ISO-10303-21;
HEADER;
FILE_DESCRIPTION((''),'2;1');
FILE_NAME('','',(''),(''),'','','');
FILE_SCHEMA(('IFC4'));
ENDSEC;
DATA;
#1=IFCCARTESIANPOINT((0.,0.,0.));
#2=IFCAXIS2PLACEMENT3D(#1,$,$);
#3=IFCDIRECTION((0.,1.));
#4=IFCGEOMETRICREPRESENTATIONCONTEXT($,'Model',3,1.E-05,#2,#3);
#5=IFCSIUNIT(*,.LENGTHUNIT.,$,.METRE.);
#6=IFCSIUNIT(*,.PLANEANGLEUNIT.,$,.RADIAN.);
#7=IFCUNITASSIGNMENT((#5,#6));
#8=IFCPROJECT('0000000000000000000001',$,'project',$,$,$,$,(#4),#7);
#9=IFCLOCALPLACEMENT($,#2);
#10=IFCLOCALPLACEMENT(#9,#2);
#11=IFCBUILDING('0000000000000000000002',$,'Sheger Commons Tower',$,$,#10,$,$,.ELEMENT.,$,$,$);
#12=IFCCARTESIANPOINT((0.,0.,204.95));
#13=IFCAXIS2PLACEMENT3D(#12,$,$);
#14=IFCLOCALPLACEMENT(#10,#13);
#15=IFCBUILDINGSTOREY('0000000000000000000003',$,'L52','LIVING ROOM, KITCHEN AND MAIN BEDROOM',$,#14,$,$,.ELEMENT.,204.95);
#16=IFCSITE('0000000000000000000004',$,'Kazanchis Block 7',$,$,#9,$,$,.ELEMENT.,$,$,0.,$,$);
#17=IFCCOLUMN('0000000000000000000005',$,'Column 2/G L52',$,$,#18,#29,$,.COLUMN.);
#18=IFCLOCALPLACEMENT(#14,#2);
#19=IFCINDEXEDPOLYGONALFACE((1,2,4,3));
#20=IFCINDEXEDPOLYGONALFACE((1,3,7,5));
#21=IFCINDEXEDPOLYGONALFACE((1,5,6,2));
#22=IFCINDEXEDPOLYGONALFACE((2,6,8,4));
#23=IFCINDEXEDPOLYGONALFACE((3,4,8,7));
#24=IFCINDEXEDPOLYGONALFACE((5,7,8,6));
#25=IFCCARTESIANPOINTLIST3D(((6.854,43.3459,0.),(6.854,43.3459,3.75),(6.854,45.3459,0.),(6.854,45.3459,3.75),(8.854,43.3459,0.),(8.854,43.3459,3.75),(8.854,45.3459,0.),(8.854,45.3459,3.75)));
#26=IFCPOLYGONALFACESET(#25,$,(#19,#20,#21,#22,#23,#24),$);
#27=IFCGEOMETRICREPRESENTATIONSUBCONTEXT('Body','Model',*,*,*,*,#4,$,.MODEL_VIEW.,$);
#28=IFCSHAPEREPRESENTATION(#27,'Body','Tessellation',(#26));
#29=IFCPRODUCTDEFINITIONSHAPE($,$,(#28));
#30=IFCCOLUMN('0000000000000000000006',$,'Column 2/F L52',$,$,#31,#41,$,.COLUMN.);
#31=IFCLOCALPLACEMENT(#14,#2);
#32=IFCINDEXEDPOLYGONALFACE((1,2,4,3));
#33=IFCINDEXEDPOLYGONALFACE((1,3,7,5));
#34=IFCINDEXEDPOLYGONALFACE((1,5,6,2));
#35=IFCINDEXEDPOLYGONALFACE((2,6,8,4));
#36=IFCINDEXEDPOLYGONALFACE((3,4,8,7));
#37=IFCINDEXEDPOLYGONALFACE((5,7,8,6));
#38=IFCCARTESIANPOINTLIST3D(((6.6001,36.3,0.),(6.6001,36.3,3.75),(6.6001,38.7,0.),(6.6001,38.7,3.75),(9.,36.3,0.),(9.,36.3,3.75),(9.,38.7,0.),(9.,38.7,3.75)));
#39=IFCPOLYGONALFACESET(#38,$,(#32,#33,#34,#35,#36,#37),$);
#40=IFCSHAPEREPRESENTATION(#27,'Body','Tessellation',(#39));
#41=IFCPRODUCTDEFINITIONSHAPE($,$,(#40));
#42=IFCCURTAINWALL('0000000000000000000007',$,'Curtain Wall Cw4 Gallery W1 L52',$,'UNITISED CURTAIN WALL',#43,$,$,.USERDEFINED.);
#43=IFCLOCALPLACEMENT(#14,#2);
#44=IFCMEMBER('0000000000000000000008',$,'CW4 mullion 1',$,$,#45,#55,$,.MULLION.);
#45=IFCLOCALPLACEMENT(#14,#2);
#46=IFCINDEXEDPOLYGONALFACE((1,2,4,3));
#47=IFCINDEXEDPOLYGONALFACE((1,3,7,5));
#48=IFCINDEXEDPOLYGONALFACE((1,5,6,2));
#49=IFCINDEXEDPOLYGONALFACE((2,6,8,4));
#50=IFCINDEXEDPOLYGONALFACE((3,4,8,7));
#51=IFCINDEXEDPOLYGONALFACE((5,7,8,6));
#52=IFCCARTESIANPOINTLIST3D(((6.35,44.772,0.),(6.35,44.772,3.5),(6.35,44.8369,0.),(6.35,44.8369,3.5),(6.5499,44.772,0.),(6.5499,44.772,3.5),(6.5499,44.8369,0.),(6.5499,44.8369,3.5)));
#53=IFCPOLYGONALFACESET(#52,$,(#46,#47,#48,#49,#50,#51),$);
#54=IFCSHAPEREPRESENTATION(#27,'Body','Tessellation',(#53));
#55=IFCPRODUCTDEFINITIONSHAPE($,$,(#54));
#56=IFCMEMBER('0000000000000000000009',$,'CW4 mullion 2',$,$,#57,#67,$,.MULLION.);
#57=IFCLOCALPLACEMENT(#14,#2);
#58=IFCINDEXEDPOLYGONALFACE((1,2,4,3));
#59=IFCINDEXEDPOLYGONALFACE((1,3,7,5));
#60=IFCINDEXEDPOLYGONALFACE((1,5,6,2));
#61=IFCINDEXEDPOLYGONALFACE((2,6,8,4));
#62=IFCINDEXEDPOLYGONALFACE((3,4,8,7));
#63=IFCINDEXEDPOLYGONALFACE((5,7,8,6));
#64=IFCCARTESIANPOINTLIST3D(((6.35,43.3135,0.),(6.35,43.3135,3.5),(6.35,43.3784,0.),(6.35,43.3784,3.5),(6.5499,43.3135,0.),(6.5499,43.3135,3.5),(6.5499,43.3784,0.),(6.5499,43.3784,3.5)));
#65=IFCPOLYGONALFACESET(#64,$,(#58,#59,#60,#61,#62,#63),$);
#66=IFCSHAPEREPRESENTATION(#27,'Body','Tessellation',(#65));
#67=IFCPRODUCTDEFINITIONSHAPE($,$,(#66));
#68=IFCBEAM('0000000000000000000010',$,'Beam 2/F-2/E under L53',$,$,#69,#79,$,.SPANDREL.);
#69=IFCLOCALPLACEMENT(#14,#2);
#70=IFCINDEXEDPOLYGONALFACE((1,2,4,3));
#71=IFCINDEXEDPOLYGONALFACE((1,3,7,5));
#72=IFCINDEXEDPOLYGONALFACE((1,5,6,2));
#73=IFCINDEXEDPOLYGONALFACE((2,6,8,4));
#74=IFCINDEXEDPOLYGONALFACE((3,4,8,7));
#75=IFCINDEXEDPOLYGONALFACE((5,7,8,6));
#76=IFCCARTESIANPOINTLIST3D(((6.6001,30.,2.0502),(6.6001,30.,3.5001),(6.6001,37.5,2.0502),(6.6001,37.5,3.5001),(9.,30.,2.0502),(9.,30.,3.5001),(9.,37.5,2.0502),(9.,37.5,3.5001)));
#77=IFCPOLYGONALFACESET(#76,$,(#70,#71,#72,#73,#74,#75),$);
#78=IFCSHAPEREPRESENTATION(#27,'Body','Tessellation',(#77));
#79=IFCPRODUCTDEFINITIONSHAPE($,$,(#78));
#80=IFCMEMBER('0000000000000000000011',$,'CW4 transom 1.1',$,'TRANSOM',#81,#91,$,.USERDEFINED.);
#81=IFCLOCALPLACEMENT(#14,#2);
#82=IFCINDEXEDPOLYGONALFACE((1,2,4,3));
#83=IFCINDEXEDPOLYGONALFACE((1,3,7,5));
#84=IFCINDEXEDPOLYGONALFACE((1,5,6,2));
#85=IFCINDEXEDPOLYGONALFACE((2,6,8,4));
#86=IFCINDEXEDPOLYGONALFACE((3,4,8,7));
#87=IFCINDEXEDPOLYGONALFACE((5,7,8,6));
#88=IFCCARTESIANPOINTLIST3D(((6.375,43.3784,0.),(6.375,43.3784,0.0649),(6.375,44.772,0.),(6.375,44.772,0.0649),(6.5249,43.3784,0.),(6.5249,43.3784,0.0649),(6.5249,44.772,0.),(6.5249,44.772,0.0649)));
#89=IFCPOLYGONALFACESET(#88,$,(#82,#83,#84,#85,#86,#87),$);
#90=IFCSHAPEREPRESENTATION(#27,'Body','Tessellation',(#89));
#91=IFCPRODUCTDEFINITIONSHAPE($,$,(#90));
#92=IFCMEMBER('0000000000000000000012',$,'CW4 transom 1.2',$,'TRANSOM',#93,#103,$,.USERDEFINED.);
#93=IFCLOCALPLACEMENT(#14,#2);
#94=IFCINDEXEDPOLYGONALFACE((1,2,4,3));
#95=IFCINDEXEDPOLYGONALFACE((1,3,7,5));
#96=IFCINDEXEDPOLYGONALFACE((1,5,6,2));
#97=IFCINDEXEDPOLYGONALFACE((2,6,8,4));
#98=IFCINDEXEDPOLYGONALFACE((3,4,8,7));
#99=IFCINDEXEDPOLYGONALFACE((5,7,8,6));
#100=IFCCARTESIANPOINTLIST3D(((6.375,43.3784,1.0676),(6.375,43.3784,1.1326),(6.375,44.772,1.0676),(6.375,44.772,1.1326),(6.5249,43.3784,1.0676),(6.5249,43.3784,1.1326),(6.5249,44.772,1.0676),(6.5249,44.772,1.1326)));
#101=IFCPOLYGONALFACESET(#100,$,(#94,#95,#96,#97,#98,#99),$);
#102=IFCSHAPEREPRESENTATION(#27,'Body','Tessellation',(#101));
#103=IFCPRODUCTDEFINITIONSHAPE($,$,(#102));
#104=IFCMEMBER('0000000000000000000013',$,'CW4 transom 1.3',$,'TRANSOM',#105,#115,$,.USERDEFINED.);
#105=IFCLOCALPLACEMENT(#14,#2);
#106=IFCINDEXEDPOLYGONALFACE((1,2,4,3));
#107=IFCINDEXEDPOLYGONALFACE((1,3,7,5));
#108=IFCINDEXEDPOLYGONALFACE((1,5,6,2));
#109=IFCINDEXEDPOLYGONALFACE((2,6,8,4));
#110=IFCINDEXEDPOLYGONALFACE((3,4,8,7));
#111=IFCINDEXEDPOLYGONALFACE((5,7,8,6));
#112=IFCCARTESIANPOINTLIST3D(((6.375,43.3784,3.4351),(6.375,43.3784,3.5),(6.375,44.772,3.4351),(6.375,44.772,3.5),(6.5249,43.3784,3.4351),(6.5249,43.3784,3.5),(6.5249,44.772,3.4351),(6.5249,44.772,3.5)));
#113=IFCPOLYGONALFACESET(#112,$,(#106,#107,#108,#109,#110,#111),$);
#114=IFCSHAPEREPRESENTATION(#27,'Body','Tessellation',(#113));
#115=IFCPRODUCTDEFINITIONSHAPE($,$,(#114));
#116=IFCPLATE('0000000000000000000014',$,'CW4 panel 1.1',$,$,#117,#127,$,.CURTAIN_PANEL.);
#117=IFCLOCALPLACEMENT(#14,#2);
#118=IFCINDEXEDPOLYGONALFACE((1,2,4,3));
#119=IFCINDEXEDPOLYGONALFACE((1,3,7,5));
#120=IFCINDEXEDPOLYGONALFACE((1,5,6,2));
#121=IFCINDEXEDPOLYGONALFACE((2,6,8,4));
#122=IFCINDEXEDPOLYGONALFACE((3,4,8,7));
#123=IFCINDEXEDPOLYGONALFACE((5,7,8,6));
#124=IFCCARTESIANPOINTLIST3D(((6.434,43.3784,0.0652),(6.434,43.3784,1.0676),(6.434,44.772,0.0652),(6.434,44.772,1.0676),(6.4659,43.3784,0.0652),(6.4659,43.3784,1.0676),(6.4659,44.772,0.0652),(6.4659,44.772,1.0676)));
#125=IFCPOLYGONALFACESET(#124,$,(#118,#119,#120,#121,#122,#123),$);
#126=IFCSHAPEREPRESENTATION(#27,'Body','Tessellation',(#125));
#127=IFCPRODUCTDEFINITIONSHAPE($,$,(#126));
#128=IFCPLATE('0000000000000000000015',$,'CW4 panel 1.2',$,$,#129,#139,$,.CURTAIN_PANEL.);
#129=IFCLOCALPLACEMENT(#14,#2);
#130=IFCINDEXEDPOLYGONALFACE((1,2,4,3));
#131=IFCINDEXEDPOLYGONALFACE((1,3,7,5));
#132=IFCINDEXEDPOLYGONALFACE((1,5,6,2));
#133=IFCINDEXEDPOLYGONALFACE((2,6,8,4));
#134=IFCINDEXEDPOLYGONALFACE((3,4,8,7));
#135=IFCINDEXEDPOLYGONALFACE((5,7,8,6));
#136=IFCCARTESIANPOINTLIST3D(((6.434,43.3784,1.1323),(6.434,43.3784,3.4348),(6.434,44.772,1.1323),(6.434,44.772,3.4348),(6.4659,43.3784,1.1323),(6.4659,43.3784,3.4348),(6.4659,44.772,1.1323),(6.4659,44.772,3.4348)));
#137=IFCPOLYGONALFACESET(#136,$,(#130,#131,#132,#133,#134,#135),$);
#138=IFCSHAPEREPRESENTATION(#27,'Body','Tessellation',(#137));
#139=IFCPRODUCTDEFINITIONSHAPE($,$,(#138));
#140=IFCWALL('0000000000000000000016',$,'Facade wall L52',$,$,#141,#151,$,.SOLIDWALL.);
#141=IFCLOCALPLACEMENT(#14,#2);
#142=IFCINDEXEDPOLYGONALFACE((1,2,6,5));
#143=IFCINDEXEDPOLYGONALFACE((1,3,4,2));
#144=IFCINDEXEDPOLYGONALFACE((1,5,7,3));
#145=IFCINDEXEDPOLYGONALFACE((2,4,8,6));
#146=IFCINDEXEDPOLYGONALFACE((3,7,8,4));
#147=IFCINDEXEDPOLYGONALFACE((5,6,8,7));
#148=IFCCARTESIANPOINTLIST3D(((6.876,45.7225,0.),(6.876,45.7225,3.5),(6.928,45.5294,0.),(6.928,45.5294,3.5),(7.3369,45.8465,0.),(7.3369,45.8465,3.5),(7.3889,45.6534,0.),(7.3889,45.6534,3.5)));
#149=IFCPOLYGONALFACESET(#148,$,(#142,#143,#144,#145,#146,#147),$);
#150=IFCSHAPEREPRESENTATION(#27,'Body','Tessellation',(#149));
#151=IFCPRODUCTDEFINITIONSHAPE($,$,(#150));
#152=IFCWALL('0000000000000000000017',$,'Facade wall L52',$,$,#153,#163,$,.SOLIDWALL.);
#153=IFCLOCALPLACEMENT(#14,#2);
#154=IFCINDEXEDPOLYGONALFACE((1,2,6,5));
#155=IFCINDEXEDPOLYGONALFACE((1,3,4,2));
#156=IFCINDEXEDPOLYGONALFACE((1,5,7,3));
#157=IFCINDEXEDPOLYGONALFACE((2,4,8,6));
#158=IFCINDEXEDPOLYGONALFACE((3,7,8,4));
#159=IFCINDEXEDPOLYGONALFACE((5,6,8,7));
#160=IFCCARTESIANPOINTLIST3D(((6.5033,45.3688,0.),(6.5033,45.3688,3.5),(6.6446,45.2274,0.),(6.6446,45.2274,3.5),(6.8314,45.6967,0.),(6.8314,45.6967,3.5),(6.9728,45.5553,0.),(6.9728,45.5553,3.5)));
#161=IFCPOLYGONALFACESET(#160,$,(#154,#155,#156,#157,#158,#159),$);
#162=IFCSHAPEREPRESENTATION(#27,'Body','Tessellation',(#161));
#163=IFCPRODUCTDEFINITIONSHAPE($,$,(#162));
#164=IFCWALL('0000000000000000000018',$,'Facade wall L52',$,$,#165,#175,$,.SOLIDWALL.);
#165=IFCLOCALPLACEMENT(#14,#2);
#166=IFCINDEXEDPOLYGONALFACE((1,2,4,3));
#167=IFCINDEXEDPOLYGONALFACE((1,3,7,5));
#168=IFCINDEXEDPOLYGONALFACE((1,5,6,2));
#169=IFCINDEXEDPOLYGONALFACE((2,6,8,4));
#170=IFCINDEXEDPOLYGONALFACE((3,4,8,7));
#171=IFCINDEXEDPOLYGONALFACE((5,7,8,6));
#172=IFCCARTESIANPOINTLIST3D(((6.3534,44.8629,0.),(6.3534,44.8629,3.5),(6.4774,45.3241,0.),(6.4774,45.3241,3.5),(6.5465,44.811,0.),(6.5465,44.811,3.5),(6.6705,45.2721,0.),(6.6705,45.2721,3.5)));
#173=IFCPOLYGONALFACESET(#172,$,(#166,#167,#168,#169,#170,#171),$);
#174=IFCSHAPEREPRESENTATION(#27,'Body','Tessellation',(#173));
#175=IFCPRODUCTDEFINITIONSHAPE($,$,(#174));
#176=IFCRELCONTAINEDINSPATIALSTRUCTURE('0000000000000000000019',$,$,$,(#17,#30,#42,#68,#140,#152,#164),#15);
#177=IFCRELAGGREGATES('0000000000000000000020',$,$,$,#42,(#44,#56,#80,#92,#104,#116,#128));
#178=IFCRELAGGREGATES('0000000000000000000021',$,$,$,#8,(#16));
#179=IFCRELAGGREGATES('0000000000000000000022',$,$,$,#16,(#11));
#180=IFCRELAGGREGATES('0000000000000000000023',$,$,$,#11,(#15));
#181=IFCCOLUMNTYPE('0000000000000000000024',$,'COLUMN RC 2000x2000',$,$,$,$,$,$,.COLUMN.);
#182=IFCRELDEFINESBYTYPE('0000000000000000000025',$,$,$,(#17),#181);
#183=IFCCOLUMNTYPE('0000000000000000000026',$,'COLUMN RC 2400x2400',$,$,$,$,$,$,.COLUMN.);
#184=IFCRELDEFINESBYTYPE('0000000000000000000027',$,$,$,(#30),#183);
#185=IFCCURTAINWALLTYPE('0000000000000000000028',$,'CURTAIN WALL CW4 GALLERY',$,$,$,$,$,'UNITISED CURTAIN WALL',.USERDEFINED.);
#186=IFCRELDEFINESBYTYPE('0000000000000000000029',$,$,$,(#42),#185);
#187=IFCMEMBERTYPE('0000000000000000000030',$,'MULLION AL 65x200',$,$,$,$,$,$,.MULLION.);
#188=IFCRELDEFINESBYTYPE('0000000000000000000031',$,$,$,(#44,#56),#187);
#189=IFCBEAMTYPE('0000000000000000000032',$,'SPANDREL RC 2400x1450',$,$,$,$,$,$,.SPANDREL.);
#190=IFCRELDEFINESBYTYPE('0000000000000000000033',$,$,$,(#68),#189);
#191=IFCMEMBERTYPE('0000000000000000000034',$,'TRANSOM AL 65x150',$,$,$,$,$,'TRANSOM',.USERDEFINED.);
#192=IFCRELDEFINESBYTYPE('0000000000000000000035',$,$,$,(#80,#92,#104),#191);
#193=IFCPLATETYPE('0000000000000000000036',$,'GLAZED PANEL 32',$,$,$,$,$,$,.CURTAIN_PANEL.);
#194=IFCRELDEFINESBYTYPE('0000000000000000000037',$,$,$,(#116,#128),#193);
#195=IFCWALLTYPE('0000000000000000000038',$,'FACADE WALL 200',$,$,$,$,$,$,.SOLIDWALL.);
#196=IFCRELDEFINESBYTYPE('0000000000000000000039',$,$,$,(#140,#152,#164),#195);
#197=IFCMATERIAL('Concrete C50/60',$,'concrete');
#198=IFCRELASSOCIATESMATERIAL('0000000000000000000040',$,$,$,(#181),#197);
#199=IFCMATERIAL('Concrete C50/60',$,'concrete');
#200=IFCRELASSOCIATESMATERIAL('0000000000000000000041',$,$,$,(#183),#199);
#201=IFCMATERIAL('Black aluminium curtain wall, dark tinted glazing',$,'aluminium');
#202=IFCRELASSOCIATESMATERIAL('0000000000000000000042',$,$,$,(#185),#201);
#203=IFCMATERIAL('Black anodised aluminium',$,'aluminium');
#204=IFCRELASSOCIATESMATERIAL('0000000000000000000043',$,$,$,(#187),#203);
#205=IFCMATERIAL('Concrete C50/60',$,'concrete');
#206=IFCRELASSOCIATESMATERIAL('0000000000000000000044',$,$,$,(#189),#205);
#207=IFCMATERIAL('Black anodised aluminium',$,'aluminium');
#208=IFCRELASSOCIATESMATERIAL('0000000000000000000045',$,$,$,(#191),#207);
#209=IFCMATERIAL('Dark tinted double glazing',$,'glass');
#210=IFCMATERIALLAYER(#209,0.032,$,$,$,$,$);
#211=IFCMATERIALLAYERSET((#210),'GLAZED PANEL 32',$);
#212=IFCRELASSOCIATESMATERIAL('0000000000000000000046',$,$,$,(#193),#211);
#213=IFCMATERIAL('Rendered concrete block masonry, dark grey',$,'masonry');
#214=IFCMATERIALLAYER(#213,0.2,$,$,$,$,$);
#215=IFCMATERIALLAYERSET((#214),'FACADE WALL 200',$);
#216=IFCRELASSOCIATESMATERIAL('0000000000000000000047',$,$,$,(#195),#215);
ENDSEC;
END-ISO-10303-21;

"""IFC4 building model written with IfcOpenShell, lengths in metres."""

from ifc_helpers import new_model, si_unit, direction, frame, frame_2d, origin, origin_2d, place, context, subcontext, project, spatial, rectangle, extrude, material, layer, layer_set, material_profile, profile_set, type_object, element, aggregate, save


model = new_model("IFC4")

# Units and contexts
model_context = context("Model", 3, precision=1e-05, world=origin(), true_north=direction((0.0, 1.0)))
body_context = subcontext(model_context, "Body", "Model", "MODEL_VIEW")
ifc_project = project(units=[si_unit("LENGTHUNIT", "METRE"), si_unit("PLANEANGLEUNIT", "RADIAN")], contexts=[model_context])

# Site, building, storey
site_placement = place(None, origin())
site = spatial("IfcSite", under=ifc_project, at=site_placement, Name="Kazanchis Block 7", CompositionType="ELEMENT", RefElevation=0.0)
building_placement = place(site_placement, origin())
building = spatial("IfcBuilding", under=site, at=building_placement, Name="Sheger Commons Tower", CompositionType="ELEMENT")
storey_placement = place(building_placement, frame((0.0, 0.0, 204.95)))
storey = spatial("IfcBuildingStorey", under=building, at=storey_placement, Name="L52", Description="LIVING ROOM, KITCHEN AND MAIN BEDROOM", CompositionType="ELEMENT", Elevation=204.95)

# Columns
ifc_material_1 = material(Name="Concrete C50/60", Category="concrete")
ifc_material_profile_1 = material_profile(ifc_material_1, rectangle(XDim=2.0, YDim=2.0, at=origin_2d()), Name="RC 2000x2000")
ifc_profile_set_1 = profile_set([ifc_material_profile_1], Name="Concrete C50/60")
column_type_1 = type_object("IfcColumnType", Name="COLUMN RC 2000x2000", PredefinedType="COLUMN", material=ifc_profile_set_1)
column_1_placement = place(storey_placement, frame((7.854, 44.3459, 0.0), z_axis=(0.0, 0.0, 1.0), x_axis=(1.0, 0.0, 0.0)))
element("IfcColumn", 1, at=column_1_placement, inside=storey, type_object=column_type_1, Name="Column 2/G L52", PredefinedType="COLUMN", context=body_context, shape_type="SweptSolid", body=[
    extrude(rectangle(XDim=2.0, YDim=2.0, at=origin_2d()), origin(), (0.0, 0.0, 1.0), 3.75),
])
ifc_material_2 = material(Name="Concrete C50/60", Category="concrete")
ifc_material_profile_2 = material_profile(ifc_material_2, rectangle(XDim=2.3999, YDim=2.3999, at=origin_2d()), Name="RC 2400x2400")
ifc_profile_set_2 = profile_set([ifc_material_profile_2], Name="Concrete C50/60")
column_type_2 = type_object("IfcColumnType", Name="COLUMN RC 2400x2400", PredefinedType="COLUMN", material=ifc_profile_set_2)
column_2_placement = place(storey_placement, frame((7.8, 37.5, 0.0), z_axis=(0.0, 0.0, 1.0), x_axis=(1.0, 0.0, 0.0)))
element("IfcColumn", 2, at=column_2_placement, inside=storey, type_object=column_type_2, Name="Column 2/F L52", PredefinedType="COLUMN", context=body_context, shape_type="SweptSolid", body=[
    extrude(rectangle(XDim=2.3999, YDim=2.3999, at=origin_2d()), origin(), (0.0, 0.0, 1.0), 3.75),
])

# Curtain wall, members
ifc_material_3 = material(Name="Black aluminium curtain wall, dark tinted glazing", Category="aluminium")
curtain_wall_type = type_object("IfcCurtainWallType", Name="CURTAIN WALL CW4 GALLERY", ElementType="UNITISED CURTAIN WALL", PredefinedType="USERDEFINED", material=ifc_material_3)
curtain_wall_placement = place(storey_placement, origin())
curtain_wall = element("IfcCurtainWall", 3, at=curtain_wall_placement, inside=storey, type_object=curtain_wall_type, Name="Curtain Wall Cw4 Gallery W1 L52", ObjectType="UNITISED CURTAIN WALL", PredefinedType="USERDEFINED")
ifc_material_4 = material(Name="Black anodised aluminium", Category="aluminium")
ifc_material_profile_3 = material_profile(ifc_material_4, rectangle(XDim=0.2, YDim=0.0649, at=origin_2d()), Name="AL 65x200")
ifc_profile_set_3 = profile_set([ifc_material_profile_3], Name="Black anodised aluminium")
member_type_1 = type_object("IfcMemberType", Name="MULLION AL 65x200", PredefinedType="MULLION", material=ifc_profile_set_3)
member_1_placement = place(storey_placement, frame((6.45, 44.8044, 0.0), z_axis=(0.0, 0.0, 1.0), x_axis=(1.0, 0.0, 0.0)))
member_1 = element("IfcMember", 4, at=member_1_placement, type_object=member_type_1, Name="CW4 mullion 1", PredefinedType="MULLION", context=body_context, shape_type="SweptSolid", body=[
    extrude(rectangle(XDim=0.2, YDim=0.0649, at=origin_2d()), origin(), (0.0, 0.0, 1.0), 3.5),
])
member_2_placement = place(storey_placement, frame((6.45, 43.3459, 0.0), z_axis=(0.0, 0.0, 1.0), x_axis=(1.0, 0.0, 0.0)))
member_2 = element("IfcMember", 5, at=member_2_placement, type_object=member_type_1, Name="CW4 mullion 2", PredefinedType="MULLION", context=body_context, shape_type="SweptSolid", body=[
    extrude(rectangle(XDim=0.2, YDim=0.0649, at=origin_2d()), origin(), (0.0, 0.0, 1.0), 3.5),
])

# Beam
ifc_material_5 = material(Name="Concrete C50/60", Category="concrete")
ifc_material_profile_4 = material_profile(ifc_material_5, rectangle(XDim=2.3999, YDim=1.45, at=origin_2d()), Name="RC 2400x1450")
ifc_profile_set_4 = profile_set([ifc_material_profile_4], Name="Concrete C50/60")
beam_type = type_object("IfcBeamType", Name="SPANDREL RC 2400x1450", PredefinedType="SPANDREL", material=ifc_profile_set_4)
beam_placement = place(storey_placement, frame((7.8, 37.5, 2.7751), z_axis=(0.0, -1.0, 0.0), x_axis=(1.0, 0.0, 0.0)))
element("IfcBeam", 6, at=beam_placement, inside=storey, type_object=beam_type, Name="Beam 2/F-2/E under L53", PredefinedType="SPANDREL", context=body_context, shape_type="SweptSolid", body=[
    extrude(rectangle(XDim=2.3999, YDim=1.45, at=origin_2d()), origin(), (0.0, 0.0, 1.0), 7.5),
])

# Members
ifc_material_6 = material(Name="Black anodised aluminium", Category="aluminium")
ifc_material_profile_5 = material_profile(ifc_material_6, rectangle(XDim=0.1499, YDim=0.0649, at=origin_2d()), Name="AL 65x150")
ifc_profile_set_5 = profile_set([ifc_material_profile_5], Name="Black anodised aluminium")
member_type_2 = type_object("IfcMemberType", Name="TRANSOM AL 65x150", ElementType="TRANSOM", PredefinedType="USERDEFINED", material=ifc_profile_set_5)
member_3_placement = place(storey_placement, frame((6.45, 44.772, 0.0325), z_axis=(0.0, -1.0, 0.0), x_axis=(1.0, 0.0, 0.0)))
member_3 = element("IfcMember", 7, at=member_3_placement, type_object=member_type_2, Name="CW4 transom 1.1", ObjectType="TRANSOM", PredefinedType="USERDEFINED", context=body_context, shape_type="SweptSolid", body=[
    extrude(rectangle(XDim=0.1499, YDim=0.0649, at=origin_2d()), origin(), (0.0, 0.0, 1.0), 1.3936),
])
member_4_placement = place(storey_placement, frame((6.45, 44.772, 1.1001), z_axis=(0.0, -1.0, 0.0), x_axis=(1.0, 0.0, 0.0)))
member_4 = element("IfcMember", 8, at=member_4_placement, type_object=member_type_2, Name="CW4 transom 1.2", ObjectType="TRANSOM", PredefinedType="USERDEFINED", context=body_context, shape_type="SweptSolid", body=[
    extrude(rectangle(XDim=0.1499, YDim=0.0649, at=origin_2d()), origin(), (0.0, 0.0, 1.0), 1.3936),
])
member_5_placement = place(storey_placement, frame((6.45, 44.772, 3.4675), z_axis=(0.0, -1.0, 0.0), x_axis=(1.0, 0.0, 0.0)))
member_5 = element("IfcMember", 9, at=member_5_placement, type_object=member_type_2, Name="CW4 transom 1.3", ObjectType="TRANSOM", PredefinedType="USERDEFINED", context=body_context, shape_type="SweptSolid", body=[
    extrude(rectangle(XDim=0.1499, YDim=0.0649, at=origin_2d()), origin(), (0.0, 0.0, 1.0), 1.3936),
])

# Plates
ifc_material_7 = material(Name="Dark tinted double glazing", Category="glass")
ifc_layer_1 = layer(ifc_material_7, 0.032)
ifc_layer_set_1 = layer_set([ifc_layer_1], Name="GLAZED PANEL 32")
plate_type = type_object("IfcPlateType", Name="GLAZED PANEL 32", PredefinedType="CURTAIN_PANEL", material=ifc_layer_set_1)
plate_1_placement = place(storey_placement, frame((6.45, 44.0752, 0.0652), z_axis=(0.0, 0.0, 1.0), x_axis=(0.0, -1.0, 0.0)))
plate_1 = element("IfcPlate", 10, at=plate_1_placement, type_object=plate_type, Name="CW4 panel 1.1", PredefinedType="CURTAIN_PANEL", context=body_context, shape_type="SweptSolid", body=[
    extrude(rectangle(XDim=1.3936, YDim=0.032, at=origin_2d()), origin(), (0.0, 0.0, 1.0), 1.0024),
])
plate_2_placement = place(storey_placement, frame((6.45, 44.0752, 1.1323), z_axis=(0.0, 0.0, 1.0), x_axis=(0.0, -1.0, 0.0)))
plate_2 = element("IfcPlate", 11, at=plate_2_placement, type_object=plate_type, Name="CW4 panel 1.2", PredefinedType="CURTAIN_PANEL", context=body_context, shape_type="SweptSolid", body=[
    extrude(rectangle(XDim=1.3936, YDim=0.032, at=origin_2d()), origin(), (0.0, 0.0, 1.0), 2.3025),
])
aggregate(curtain_wall, [member_1, member_2, member_3, member_4, member_5, plate_1, plate_2])

# Walls
ifc_material_8 = material(Name="Rendered concrete block masonry, dark grey", Category="masonry")
ifc_layer_2 = layer(ifc_material_8, 0.2)
ifc_layer_set_2 = layer_set([ifc_layer_2], Name="FACADE WALL 200")
wall_type_1 = type_object("IfcWallType", Name="FACADE WALL 200", PredefinedType="SOLIDWALL", material=ifc_layer_set_2)
wall_1_placement = place(storey_placement, frame((7.363, 45.75, 0.0), z_axis=(0.0, 0.0, 1.0), x_axis=(-0.965655, -0.259827, 0.0)))
element("IfcWall", 12, at=wall_1_placement, inside=storey, type_object=wall_type_1, Name="Facade wall L52", PredefinedType="SOLIDWALL", context=body_context, shape_type="SweptSolid", body=[
    extrude(rectangle(XDim=0.4773, YDim=0.2, at=frame_2d((0.2388, 0.0))), origin(), (0.0, 0.0, 1.0), 3.5),
])
wall_2_placement = place(storey_placement, frame((6.9021, 45.626, 0.0), z_axis=(0.0, 0.0, 1.0), x_axis=(-0.70737, -0.706844, 0.0)))
element("IfcWall", 13, at=wall_2_placement, inside=storey, type_object=wall_type_1, Name="Facade wall L52", PredefinedType="SOLIDWALL", context=body_context, shape_type="SweptSolid", body=[
    extrude(rectangle(XDim=0.4639, YDim=0.2, at=frame_2d((0.2319, 0.0))), origin(), (0.0, 0.0, 1.0), 3.5),
])
wall_3_placement = place(storey_placement, frame((6.574, 45.2981, 0.0), z_axis=(0.0, 0.0, 1.0), x_axis=(-0.259698, -0.96569, 0.0)))
element("IfcWall", 14, at=wall_3_placement, inside=storey, type_object=wall_type_1, Name="Facade wall L52", PredefinedType="SOLIDWALL", context=body_context, shape_type="SweptSolid", body=[
    extrude(rectangle(XDim=0.4775, YDim=0.2, at=frame_2d((0.2388, 0.0))), origin(), (0.0, 0.0, 1.0), 3.5),
])

save(model, "model.ifc")
